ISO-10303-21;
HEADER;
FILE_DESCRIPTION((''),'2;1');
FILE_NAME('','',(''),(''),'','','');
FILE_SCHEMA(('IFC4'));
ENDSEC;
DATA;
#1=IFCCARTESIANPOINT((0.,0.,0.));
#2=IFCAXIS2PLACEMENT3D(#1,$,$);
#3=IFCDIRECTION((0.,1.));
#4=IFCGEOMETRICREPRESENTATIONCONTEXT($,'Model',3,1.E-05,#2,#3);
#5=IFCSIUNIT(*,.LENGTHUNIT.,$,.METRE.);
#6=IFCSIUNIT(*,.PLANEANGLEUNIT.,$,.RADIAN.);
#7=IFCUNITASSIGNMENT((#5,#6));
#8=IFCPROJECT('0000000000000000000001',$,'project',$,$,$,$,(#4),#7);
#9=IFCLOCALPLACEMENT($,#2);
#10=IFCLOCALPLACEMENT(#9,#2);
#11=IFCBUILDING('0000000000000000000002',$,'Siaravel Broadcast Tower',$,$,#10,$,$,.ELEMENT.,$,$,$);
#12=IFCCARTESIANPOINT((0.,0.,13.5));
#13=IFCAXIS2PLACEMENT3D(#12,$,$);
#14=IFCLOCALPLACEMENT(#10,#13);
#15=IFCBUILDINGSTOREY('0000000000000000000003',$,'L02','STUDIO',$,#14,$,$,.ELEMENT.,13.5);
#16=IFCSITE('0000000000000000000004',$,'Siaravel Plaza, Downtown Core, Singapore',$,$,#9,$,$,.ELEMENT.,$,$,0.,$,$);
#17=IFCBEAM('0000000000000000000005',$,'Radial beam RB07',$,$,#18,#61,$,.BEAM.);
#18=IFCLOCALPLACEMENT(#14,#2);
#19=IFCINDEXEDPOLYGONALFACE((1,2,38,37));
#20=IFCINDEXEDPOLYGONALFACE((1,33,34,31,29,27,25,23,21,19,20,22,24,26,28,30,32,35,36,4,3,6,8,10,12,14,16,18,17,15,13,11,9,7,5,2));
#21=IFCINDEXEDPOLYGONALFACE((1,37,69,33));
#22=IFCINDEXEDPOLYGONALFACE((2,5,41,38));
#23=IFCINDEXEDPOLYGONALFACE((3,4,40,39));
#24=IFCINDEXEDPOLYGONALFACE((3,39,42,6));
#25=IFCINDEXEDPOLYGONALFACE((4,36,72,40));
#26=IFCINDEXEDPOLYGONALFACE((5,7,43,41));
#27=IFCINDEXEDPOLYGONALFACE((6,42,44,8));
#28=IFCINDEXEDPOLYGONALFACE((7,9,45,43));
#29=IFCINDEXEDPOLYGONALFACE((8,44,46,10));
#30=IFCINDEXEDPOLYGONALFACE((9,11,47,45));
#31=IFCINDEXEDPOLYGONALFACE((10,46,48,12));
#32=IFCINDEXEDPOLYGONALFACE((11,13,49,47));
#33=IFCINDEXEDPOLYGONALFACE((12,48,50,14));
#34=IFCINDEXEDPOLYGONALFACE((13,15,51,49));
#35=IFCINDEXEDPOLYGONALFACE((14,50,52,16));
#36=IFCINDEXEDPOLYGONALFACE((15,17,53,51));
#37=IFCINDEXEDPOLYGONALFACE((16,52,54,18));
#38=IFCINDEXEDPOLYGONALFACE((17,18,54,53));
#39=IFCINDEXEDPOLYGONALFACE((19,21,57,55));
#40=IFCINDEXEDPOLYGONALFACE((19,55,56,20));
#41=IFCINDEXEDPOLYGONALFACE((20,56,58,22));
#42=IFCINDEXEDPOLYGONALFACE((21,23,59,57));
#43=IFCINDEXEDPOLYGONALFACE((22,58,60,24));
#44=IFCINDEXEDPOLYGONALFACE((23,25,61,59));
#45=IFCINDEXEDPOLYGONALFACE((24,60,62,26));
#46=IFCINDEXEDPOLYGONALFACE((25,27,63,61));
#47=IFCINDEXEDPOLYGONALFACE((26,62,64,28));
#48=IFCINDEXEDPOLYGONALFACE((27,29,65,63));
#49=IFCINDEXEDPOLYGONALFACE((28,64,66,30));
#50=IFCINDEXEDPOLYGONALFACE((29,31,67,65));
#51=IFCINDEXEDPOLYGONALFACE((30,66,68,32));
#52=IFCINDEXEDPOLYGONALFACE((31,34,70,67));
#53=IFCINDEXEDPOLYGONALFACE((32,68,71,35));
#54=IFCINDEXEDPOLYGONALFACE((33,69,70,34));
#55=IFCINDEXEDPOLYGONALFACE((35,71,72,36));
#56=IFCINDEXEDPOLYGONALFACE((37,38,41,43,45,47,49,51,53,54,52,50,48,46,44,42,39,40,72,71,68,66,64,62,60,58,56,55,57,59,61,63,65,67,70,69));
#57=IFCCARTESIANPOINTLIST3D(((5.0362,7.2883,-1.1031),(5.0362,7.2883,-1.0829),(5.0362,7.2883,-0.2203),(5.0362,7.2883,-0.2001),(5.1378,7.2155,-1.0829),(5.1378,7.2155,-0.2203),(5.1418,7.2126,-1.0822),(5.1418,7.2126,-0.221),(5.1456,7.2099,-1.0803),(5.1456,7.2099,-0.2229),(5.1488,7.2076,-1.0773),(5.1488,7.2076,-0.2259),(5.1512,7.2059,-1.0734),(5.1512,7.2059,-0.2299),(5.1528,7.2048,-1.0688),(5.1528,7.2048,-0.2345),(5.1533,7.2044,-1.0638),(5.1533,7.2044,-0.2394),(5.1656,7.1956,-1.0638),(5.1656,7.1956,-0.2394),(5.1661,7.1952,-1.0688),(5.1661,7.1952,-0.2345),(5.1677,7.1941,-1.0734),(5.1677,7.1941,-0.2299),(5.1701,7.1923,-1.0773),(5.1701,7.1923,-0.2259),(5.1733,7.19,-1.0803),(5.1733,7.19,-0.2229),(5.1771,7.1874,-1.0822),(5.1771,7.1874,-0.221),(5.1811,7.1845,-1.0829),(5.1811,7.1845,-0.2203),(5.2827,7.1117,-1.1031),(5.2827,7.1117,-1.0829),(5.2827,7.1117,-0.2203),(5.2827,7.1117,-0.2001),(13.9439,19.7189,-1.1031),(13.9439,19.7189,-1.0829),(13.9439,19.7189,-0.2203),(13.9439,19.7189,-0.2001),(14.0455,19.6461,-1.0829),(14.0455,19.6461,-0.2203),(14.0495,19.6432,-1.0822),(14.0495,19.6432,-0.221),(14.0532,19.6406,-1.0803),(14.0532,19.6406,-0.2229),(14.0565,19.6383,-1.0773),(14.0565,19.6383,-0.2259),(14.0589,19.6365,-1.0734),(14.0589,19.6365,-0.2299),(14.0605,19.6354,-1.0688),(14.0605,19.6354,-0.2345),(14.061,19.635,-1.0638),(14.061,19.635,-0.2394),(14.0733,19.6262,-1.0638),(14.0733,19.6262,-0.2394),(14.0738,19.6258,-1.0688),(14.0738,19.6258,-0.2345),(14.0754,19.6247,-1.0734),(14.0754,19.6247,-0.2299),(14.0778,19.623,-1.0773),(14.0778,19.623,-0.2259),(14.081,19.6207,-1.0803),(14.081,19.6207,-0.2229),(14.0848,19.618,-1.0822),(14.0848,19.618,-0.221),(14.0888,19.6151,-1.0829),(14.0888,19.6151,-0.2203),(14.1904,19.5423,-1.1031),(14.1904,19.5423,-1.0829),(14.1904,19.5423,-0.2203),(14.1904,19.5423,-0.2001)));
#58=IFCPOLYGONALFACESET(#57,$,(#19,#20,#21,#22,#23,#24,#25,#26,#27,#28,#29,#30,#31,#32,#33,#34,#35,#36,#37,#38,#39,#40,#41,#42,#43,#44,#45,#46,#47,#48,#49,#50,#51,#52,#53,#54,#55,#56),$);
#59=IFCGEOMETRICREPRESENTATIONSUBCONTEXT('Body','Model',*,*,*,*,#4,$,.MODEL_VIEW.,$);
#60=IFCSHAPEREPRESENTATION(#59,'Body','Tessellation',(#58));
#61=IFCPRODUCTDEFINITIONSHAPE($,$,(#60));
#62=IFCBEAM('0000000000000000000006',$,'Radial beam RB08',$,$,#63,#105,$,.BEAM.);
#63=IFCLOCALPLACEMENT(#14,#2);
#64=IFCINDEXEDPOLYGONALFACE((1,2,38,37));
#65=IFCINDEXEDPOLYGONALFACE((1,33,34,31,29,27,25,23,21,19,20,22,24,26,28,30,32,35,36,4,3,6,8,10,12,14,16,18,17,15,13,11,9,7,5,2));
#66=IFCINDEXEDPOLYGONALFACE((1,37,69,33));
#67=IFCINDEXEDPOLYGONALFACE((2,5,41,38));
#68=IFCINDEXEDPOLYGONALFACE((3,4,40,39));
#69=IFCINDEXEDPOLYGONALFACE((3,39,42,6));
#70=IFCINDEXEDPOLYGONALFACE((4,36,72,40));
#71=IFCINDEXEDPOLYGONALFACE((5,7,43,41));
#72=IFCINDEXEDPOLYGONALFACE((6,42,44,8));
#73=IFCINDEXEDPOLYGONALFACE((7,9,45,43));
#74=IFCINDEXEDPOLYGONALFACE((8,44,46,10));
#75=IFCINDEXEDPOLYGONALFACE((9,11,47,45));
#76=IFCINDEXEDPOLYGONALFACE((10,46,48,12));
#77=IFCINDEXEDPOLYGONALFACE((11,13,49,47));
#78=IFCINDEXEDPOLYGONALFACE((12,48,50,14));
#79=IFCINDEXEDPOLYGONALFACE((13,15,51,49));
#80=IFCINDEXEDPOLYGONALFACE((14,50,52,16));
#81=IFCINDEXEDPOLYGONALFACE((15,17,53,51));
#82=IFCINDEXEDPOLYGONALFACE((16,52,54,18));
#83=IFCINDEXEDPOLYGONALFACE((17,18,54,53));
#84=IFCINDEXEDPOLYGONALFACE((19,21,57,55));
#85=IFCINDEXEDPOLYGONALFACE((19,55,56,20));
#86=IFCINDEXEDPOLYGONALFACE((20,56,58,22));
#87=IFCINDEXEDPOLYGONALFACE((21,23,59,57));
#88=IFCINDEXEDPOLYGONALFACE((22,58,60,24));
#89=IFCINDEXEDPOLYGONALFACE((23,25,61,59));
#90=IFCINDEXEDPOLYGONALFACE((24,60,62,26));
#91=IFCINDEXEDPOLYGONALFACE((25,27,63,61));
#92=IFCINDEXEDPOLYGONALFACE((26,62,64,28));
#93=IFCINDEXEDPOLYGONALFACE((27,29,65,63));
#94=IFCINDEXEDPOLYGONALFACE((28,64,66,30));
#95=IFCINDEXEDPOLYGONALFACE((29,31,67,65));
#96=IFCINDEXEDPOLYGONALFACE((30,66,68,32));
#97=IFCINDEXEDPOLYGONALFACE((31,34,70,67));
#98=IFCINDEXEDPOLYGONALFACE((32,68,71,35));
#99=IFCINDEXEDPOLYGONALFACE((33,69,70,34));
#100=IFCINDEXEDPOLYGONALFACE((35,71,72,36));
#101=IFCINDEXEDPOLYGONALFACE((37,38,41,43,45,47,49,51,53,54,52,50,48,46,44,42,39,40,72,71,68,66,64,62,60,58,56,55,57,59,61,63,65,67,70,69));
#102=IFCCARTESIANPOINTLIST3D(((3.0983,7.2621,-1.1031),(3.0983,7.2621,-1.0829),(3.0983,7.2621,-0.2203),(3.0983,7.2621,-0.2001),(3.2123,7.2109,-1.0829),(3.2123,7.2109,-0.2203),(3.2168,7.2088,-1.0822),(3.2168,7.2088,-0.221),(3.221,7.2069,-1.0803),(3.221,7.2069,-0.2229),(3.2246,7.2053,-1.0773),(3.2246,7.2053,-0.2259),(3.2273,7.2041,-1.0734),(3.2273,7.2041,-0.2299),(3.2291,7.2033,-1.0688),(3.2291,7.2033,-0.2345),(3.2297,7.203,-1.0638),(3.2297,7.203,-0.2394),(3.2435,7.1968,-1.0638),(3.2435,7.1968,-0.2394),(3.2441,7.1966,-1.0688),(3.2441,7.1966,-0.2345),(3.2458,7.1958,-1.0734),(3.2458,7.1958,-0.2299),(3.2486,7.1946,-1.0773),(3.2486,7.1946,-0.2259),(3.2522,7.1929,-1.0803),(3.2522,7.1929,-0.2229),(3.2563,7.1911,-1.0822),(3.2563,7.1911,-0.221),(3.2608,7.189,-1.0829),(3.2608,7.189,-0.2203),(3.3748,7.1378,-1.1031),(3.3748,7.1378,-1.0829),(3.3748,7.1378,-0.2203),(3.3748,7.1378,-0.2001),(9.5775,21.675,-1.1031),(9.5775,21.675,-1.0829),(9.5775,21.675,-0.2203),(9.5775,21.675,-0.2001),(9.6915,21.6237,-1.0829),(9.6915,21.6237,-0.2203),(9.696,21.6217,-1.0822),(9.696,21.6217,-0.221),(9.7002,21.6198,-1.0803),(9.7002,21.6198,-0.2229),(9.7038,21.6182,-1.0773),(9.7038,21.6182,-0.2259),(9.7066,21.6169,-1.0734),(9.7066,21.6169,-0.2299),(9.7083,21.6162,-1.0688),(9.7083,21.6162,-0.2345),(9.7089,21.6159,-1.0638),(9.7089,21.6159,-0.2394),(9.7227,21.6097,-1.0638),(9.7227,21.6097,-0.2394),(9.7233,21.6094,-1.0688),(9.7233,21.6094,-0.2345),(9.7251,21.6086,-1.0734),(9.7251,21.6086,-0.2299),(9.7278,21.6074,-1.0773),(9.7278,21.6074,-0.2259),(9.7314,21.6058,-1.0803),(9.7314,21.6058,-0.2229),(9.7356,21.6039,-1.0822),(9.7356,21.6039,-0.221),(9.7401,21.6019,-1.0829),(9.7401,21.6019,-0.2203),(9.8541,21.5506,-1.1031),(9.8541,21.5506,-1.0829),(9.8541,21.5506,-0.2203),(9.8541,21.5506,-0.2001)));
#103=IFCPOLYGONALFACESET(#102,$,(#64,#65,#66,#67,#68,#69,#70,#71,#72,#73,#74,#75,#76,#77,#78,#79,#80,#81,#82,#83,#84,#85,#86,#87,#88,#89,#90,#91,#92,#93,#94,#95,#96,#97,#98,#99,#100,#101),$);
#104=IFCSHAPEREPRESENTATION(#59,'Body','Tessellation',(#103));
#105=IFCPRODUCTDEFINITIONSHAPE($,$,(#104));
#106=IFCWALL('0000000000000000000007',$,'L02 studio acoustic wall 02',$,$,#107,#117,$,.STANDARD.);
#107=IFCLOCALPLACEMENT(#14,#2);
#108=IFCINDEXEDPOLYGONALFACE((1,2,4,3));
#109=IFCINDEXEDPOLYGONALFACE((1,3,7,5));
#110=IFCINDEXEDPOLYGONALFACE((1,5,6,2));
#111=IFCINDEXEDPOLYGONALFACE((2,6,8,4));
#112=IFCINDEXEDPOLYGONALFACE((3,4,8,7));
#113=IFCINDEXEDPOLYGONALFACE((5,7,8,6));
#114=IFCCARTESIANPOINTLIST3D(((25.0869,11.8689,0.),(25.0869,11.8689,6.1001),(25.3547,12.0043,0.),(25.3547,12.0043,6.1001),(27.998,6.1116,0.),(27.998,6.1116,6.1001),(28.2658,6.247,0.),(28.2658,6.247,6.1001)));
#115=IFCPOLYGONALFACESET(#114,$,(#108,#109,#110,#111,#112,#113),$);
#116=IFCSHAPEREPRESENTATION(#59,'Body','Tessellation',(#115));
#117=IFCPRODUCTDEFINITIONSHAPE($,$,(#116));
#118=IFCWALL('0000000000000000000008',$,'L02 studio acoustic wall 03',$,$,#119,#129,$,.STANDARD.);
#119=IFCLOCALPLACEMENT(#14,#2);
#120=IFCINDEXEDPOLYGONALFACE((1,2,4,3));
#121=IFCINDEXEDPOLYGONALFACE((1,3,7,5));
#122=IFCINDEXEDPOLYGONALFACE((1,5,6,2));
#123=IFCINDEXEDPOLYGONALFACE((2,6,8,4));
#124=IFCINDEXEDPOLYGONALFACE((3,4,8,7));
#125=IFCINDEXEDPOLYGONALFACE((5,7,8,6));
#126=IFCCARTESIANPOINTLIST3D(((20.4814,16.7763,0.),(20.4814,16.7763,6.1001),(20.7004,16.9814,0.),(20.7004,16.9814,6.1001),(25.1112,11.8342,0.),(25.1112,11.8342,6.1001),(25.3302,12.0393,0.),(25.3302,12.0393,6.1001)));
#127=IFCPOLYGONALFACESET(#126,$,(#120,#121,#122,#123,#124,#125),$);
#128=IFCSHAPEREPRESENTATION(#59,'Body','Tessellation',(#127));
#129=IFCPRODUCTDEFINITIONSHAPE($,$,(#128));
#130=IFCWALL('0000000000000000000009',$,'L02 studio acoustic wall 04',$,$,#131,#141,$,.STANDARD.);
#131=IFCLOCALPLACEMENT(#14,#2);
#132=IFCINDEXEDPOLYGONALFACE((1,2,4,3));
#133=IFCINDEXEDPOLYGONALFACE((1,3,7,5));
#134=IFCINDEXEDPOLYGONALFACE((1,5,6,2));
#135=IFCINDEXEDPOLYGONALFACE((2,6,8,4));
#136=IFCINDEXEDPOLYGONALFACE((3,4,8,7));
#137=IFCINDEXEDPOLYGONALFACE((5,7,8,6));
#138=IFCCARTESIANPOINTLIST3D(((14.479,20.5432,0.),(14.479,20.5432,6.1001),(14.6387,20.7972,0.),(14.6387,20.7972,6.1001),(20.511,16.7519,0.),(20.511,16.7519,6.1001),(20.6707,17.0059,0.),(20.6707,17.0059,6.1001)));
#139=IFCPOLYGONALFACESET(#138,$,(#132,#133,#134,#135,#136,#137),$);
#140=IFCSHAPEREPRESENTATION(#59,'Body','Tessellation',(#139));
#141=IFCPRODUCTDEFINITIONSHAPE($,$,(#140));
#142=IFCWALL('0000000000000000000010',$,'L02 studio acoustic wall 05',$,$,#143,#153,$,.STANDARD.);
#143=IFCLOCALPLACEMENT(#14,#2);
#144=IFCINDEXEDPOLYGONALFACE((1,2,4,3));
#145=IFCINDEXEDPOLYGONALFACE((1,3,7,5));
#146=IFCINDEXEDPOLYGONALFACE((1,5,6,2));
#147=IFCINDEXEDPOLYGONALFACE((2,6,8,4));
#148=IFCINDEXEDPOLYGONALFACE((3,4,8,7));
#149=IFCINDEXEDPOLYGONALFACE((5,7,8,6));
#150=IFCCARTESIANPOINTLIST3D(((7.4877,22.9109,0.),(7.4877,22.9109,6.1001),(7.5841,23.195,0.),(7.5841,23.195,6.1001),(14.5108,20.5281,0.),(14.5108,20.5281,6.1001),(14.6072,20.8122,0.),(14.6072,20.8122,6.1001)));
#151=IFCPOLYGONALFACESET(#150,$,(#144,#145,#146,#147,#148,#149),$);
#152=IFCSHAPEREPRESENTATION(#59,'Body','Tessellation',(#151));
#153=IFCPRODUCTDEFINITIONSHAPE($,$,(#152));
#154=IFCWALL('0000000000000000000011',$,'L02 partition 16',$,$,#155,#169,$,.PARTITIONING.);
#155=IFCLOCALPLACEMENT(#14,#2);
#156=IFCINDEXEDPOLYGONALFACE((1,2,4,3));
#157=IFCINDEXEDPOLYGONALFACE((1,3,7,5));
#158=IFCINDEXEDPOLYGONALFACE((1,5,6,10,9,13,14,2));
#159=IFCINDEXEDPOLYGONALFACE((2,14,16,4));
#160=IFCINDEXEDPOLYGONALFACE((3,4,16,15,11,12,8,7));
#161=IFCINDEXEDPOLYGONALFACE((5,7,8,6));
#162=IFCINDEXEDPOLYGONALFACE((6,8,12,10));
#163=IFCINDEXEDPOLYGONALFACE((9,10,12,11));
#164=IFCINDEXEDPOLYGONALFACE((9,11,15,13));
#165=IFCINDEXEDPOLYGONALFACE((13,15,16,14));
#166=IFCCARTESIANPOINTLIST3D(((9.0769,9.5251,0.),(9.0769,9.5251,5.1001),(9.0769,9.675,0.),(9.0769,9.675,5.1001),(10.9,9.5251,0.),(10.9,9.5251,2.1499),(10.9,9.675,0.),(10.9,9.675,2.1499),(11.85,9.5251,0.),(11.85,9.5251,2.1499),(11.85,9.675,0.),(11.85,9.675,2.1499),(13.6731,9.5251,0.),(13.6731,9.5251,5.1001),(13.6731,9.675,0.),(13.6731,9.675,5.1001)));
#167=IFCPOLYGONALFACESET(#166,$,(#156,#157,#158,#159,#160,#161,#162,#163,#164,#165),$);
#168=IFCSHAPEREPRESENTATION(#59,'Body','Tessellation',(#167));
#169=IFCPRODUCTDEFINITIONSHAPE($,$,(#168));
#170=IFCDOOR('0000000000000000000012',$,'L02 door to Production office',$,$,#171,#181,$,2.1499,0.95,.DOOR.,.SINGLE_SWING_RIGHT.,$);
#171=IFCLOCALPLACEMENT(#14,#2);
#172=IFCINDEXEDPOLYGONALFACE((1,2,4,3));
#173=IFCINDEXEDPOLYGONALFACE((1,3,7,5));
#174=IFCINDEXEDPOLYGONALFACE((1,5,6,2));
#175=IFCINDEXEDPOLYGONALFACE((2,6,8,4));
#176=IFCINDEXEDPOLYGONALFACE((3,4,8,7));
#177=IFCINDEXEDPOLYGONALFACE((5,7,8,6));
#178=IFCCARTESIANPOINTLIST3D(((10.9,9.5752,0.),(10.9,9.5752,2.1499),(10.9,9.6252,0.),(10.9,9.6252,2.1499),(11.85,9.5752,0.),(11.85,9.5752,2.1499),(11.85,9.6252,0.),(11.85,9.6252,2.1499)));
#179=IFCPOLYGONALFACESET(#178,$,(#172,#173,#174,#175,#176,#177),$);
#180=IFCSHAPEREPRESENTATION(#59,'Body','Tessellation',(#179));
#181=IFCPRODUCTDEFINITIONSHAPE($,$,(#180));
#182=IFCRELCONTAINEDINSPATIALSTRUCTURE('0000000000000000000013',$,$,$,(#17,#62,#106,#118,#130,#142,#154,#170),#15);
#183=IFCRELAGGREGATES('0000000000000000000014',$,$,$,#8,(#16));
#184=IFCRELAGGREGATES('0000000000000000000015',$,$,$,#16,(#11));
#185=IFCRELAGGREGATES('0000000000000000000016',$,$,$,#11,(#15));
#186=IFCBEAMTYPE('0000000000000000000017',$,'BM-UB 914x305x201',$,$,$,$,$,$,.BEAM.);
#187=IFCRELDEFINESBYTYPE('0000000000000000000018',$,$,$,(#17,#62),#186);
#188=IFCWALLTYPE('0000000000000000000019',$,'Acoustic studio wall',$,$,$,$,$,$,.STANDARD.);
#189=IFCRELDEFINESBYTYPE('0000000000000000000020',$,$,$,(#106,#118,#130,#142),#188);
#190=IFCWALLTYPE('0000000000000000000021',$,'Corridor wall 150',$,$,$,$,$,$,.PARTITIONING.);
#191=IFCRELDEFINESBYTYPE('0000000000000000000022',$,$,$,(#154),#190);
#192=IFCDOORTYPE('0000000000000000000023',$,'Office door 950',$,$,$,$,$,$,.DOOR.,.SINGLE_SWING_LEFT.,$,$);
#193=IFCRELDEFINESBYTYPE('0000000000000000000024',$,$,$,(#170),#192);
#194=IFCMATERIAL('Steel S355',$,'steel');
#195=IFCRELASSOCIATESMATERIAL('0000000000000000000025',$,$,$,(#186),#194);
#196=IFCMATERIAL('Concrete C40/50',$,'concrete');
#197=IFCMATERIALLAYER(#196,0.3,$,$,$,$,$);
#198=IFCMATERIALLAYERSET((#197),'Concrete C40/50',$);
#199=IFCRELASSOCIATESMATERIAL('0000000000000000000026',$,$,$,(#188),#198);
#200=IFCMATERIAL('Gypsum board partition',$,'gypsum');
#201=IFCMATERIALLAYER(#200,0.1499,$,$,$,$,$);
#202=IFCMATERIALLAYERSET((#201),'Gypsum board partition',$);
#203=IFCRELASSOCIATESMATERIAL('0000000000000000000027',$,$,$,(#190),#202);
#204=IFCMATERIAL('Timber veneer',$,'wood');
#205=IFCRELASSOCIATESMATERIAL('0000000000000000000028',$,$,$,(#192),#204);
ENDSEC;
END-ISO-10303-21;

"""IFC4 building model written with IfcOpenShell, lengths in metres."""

from ifc_helpers import new_model, si_unit, direction, frame, frame_2d, origin, origin_2d, place, context, subcontext, project, spatial, rectangle, i_section, extrude, material, layer, layer_set, material_profile, profile_set, type_object, element, fill, save


model = new_model("IFC4")

# Units and contexts
model_context = context("Model", 3, precision=1e-05, world=origin(), true_north=direction((0.0, 1.0)))
body_context = subcontext(model_context, "Body", "Model", "MODEL_VIEW")
ifc_project = project(units=[si_unit("LENGTHUNIT", "METRE"), si_unit("PLANEANGLEUNIT", "RADIAN")], contexts=[model_context])

# Site, building, storey
site_placement = place(None, origin())
site = spatial("IfcSite", under=ifc_project, at=site_placement, Name="Siaravel Plaza, Downtown Core, Singapore", CompositionType="ELEMENT", RefElevation=0.0)
building_placement = place(site_placement, origin())
building = spatial("IfcBuilding", under=site, at=building_placement, Name="Siaravel Broadcast Tower", CompositionType="ELEMENT")
storey_placement = place(building_placement, frame((0.0, 0.0, 13.5)))
storey = spatial("IfcBuildingStorey", under=building, at=storey_placement, Name="L02", Description="STUDIO", CompositionType="ELEMENT", Elevation=13.5)

# Beams
ifc_material_1 = material(Name="Steel S355", Category="steel")
ifc_material_profile_1 = material_profile(ifc_material_1, i_section(OverallWidth=0.3032, OverallDepth=0.9031, WebThickness=0.0151, FlangeThickness=0.0203, FilletRadius=0.019, at=origin_2d()))
ifc_profile_set_1 = profile_set([ifc_material_profile_1], Name="Steel S355")
beam_type = type_object("IfcBeamType", Name="BM-UB 914x305x201", PredefinedType="BEAM", material=ifc_profile_set_1)
beam_1_placement = place(storey_placement, frame((14.0671, 19.6306, -0.6516), z_axis=(-0.582479, -0.812846, 0.0), x_axis=(0.812846, -0.582479, 0.0)))
element("IfcBeam", 1, at=beam_1_placement, inside=storey, type_object=beam_type, Name="Radial beam RB07", PredefinedType="BEAM", context=body_context, shape_type="SweptSolid", body=[
    extrude(i_section(OverallWidth=0.3032, OverallDepth=0.9031, WebThickness=0.0151, FlangeThickness=0.0203, FilletRadius=0.019, at=origin_2d()), origin(), (0.0, 0.0, 1.0), 15.2927),
])
beam_2_placement = place(storey_placement, frame((9.7158, 21.6128, -0.6516), z_axis=(-0.410021, -0.912076, 0.0), x_axis=(0.912076, -0.410021, 0.0)))
element("IfcBeam", 2, at=beam_2_placement, inside=storey, type_object=beam_type, Name="Radial beam RB08", PredefinedType="BEAM", context=body_context, shape_type="SweptSolid", body=[
    extrude(i_section(OverallWidth=0.3032, OverallDepth=0.9031, WebThickness=0.0151, FlangeThickness=0.0203, FilletRadius=0.019, at=origin_2d()), origin(), (0.0, 0.0, 1.0), 15.8022),
])

# Walls
ifc_material_2 = material(Name="Concrete C40/50", Category="concrete")
ifc_layer_1 = layer(ifc_material_2, 0.3)
ifc_layer_set_1 = layer_set([ifc_layer_1], Name="Concrete C40/50")
wall_type_1 = type_object("IfcWallType", Name="Acoustic studio wall", PredefinedType="STANDARD", material=ifc_layer_set_1)
wall_1_placement = place(storey_placement, frame((28.1318, 6.1794, 0.0), z_axis=(0.0, 0.0, 1.0), x_axis=(-0.451236, 0.892405, 0.0)))
element("IfcWall", 3, at=wall_1_placement, inside=storey, type_object=wall_type_1, Name="L02 studio acoustic wall 02", PredefinedType="STANDARD", context=body_context, shape_type="SweptSolid", body=[
    extrude(rectangle(XDim=6.4514, YDim=0.3, at=frame_2d((3.2256, 0.0))), origin(), (0.0, 0.0, 1.0), 6.1001),
])
wall_2_placement = place(storey_placement, frame((25.2207, 11.9368, 0.0), z_axis=(0.0, 0.0, 1.0), x_axis=(-0.683676, 0.729786, 0.0)))
element("IfcWall", 4, at=wall_2_placement, inside=storey, type_object=wall_type_1, Name="L02 studio acoustic wall 03", PredefinedType="STANDARD", context=body_context, shape_type="SweptSolid", body=[
    extrude(rectangle(XDim=6.772, YDim=0.3, at=frame_2d((3.386, 0.0))), origin(), (0.0, 0.0, 1.0), 6.1001),
])
wall_3_placement = place(storey_placement, frame((20.5908, 16.8789, 0.0), z_axis=(0.0, 0.0, 1.0), x_axis=(-0.846654, 0.532144, 0.0)))
element("IfcWall", 5, at=wall_3_placement, inside=storey, type_object=wall_type_1, Name="L02 studio acoustic wall 04", PredefinedType="STANDARD", context=body_context, shape_type="SweptSolid", body=[
    extrude(rectangle(XDim=7.1245, YDim=0.3, at=frame_2d((3.5623, 0.0))), origin(), (0.0, 0.0, 1.0), 6.1001),
])
wall_4_placement = place(storey_placement, frame((14.5588, 20.6702, 0.0), z_axis=(0.0, 0.0, 1.0), x_axis=(-0.946978, 0.3213, 0.0)))
element("IfcWall", 6, at=wall_4_placement, inside=storey, type_object=wall_type_1, Name="L02 studio acoustic wall 05", PredefinedType="STANDARD", context=body_context, shape_type="SweptSolid", body=[
    extrude(rectangle(XDim=7.4163, YDim=0.3, at=frame_2d((3.708, 0.0))), origin(), (0.0, 0.0, 1.0), 6.1001),
])

# Wall, opening, door
ifc_material_3 = material(Name="Gypsum board partition", Category="gypsum")
ifc_layer_2 = layer(ifc_material_3, 0.1499)
ifc_layer_set_2 = layer_set([ifc_layer_2], Name="Gypsum board partition")
wall_type_2 = type_object("IfcWallType", Name="Corridor wall 150", PredefinedType="PARTITIONING", material=ifc_layer_set_2)
wall_5_placement = place(storey_placement, frame((13.6731, 9.6001, 0.0), z_axis=(0.0, 0.0, 1.0), x_axis=(-1.0, 0.0, 0.0)))
wall_5 = element("IfcWall", 7, at=wall_5_placement, inside=storey, type_object=wall_type_2, Name="L02 partition 16", PredefinedType="PARTITIONING", context=body_context, shape_type="SweptSolid", body=[
    extrude(rectangle(XDim=4.5962, YDim=0.1499, at=frame_2d((2.2981, 0.0))), origin(), (0.0, 0.0, 1.0), 5.1001),
])
opening_placement = place(wall_5_placement, frame((1.823, 0.0, 0.0)))
opening = element("IfcOpeningElement", 8, at=opening_placement, cuts=wall_5, PredefinedType="OPENING", context=body_context, shape_type="SweptSolid", body=[
    extrude(rectangle(XDim=0.95, YDim=2.1499, at=frame_2d((0.4751, 1.075))), frame((0.0, 0.085, 0.0), z_axis=(0.0, -1.0, 0.0), x_axis=(1.0, 0.0, 0.0)), (0.0, 0.0, 1.0), 0.1699),
])
ifc_material_4 = material(Name="Timber veneer", Category="wood")
door_type = type_object("IfcDoorType", Name="Office door 950", OperationType="SINGLE_SWING_LEFT", PredefinedType="DOOR", material=ifc_material_4)
door_placement = place(opening_placement, origin())
door = element("IfcDoor", 9, at=door_placement, inside=storey, type_object=door_type, Name="L02 door to Production office", OperationType="SINGLE_SWING_RIGHT", OverallHeight=2.1499, OverallWidth=0.95, PredefinedType="DOOR", context=body_context, shape_type="SweptSolid", body=[
    extrude(rectangle(XDim=0.95, YDim=2.1499, at=frame_2d((0.4751, 1.075))), frame((0.0, 0.0249, 0.0), z_axis=(0.0, -1.0, 0.0), x_axis=(1.0, 0.0, 0.0)), (0.0, 0.0, 1.0), 0.05),
])
fill(opening, door)

save(model, "model.ifc")
